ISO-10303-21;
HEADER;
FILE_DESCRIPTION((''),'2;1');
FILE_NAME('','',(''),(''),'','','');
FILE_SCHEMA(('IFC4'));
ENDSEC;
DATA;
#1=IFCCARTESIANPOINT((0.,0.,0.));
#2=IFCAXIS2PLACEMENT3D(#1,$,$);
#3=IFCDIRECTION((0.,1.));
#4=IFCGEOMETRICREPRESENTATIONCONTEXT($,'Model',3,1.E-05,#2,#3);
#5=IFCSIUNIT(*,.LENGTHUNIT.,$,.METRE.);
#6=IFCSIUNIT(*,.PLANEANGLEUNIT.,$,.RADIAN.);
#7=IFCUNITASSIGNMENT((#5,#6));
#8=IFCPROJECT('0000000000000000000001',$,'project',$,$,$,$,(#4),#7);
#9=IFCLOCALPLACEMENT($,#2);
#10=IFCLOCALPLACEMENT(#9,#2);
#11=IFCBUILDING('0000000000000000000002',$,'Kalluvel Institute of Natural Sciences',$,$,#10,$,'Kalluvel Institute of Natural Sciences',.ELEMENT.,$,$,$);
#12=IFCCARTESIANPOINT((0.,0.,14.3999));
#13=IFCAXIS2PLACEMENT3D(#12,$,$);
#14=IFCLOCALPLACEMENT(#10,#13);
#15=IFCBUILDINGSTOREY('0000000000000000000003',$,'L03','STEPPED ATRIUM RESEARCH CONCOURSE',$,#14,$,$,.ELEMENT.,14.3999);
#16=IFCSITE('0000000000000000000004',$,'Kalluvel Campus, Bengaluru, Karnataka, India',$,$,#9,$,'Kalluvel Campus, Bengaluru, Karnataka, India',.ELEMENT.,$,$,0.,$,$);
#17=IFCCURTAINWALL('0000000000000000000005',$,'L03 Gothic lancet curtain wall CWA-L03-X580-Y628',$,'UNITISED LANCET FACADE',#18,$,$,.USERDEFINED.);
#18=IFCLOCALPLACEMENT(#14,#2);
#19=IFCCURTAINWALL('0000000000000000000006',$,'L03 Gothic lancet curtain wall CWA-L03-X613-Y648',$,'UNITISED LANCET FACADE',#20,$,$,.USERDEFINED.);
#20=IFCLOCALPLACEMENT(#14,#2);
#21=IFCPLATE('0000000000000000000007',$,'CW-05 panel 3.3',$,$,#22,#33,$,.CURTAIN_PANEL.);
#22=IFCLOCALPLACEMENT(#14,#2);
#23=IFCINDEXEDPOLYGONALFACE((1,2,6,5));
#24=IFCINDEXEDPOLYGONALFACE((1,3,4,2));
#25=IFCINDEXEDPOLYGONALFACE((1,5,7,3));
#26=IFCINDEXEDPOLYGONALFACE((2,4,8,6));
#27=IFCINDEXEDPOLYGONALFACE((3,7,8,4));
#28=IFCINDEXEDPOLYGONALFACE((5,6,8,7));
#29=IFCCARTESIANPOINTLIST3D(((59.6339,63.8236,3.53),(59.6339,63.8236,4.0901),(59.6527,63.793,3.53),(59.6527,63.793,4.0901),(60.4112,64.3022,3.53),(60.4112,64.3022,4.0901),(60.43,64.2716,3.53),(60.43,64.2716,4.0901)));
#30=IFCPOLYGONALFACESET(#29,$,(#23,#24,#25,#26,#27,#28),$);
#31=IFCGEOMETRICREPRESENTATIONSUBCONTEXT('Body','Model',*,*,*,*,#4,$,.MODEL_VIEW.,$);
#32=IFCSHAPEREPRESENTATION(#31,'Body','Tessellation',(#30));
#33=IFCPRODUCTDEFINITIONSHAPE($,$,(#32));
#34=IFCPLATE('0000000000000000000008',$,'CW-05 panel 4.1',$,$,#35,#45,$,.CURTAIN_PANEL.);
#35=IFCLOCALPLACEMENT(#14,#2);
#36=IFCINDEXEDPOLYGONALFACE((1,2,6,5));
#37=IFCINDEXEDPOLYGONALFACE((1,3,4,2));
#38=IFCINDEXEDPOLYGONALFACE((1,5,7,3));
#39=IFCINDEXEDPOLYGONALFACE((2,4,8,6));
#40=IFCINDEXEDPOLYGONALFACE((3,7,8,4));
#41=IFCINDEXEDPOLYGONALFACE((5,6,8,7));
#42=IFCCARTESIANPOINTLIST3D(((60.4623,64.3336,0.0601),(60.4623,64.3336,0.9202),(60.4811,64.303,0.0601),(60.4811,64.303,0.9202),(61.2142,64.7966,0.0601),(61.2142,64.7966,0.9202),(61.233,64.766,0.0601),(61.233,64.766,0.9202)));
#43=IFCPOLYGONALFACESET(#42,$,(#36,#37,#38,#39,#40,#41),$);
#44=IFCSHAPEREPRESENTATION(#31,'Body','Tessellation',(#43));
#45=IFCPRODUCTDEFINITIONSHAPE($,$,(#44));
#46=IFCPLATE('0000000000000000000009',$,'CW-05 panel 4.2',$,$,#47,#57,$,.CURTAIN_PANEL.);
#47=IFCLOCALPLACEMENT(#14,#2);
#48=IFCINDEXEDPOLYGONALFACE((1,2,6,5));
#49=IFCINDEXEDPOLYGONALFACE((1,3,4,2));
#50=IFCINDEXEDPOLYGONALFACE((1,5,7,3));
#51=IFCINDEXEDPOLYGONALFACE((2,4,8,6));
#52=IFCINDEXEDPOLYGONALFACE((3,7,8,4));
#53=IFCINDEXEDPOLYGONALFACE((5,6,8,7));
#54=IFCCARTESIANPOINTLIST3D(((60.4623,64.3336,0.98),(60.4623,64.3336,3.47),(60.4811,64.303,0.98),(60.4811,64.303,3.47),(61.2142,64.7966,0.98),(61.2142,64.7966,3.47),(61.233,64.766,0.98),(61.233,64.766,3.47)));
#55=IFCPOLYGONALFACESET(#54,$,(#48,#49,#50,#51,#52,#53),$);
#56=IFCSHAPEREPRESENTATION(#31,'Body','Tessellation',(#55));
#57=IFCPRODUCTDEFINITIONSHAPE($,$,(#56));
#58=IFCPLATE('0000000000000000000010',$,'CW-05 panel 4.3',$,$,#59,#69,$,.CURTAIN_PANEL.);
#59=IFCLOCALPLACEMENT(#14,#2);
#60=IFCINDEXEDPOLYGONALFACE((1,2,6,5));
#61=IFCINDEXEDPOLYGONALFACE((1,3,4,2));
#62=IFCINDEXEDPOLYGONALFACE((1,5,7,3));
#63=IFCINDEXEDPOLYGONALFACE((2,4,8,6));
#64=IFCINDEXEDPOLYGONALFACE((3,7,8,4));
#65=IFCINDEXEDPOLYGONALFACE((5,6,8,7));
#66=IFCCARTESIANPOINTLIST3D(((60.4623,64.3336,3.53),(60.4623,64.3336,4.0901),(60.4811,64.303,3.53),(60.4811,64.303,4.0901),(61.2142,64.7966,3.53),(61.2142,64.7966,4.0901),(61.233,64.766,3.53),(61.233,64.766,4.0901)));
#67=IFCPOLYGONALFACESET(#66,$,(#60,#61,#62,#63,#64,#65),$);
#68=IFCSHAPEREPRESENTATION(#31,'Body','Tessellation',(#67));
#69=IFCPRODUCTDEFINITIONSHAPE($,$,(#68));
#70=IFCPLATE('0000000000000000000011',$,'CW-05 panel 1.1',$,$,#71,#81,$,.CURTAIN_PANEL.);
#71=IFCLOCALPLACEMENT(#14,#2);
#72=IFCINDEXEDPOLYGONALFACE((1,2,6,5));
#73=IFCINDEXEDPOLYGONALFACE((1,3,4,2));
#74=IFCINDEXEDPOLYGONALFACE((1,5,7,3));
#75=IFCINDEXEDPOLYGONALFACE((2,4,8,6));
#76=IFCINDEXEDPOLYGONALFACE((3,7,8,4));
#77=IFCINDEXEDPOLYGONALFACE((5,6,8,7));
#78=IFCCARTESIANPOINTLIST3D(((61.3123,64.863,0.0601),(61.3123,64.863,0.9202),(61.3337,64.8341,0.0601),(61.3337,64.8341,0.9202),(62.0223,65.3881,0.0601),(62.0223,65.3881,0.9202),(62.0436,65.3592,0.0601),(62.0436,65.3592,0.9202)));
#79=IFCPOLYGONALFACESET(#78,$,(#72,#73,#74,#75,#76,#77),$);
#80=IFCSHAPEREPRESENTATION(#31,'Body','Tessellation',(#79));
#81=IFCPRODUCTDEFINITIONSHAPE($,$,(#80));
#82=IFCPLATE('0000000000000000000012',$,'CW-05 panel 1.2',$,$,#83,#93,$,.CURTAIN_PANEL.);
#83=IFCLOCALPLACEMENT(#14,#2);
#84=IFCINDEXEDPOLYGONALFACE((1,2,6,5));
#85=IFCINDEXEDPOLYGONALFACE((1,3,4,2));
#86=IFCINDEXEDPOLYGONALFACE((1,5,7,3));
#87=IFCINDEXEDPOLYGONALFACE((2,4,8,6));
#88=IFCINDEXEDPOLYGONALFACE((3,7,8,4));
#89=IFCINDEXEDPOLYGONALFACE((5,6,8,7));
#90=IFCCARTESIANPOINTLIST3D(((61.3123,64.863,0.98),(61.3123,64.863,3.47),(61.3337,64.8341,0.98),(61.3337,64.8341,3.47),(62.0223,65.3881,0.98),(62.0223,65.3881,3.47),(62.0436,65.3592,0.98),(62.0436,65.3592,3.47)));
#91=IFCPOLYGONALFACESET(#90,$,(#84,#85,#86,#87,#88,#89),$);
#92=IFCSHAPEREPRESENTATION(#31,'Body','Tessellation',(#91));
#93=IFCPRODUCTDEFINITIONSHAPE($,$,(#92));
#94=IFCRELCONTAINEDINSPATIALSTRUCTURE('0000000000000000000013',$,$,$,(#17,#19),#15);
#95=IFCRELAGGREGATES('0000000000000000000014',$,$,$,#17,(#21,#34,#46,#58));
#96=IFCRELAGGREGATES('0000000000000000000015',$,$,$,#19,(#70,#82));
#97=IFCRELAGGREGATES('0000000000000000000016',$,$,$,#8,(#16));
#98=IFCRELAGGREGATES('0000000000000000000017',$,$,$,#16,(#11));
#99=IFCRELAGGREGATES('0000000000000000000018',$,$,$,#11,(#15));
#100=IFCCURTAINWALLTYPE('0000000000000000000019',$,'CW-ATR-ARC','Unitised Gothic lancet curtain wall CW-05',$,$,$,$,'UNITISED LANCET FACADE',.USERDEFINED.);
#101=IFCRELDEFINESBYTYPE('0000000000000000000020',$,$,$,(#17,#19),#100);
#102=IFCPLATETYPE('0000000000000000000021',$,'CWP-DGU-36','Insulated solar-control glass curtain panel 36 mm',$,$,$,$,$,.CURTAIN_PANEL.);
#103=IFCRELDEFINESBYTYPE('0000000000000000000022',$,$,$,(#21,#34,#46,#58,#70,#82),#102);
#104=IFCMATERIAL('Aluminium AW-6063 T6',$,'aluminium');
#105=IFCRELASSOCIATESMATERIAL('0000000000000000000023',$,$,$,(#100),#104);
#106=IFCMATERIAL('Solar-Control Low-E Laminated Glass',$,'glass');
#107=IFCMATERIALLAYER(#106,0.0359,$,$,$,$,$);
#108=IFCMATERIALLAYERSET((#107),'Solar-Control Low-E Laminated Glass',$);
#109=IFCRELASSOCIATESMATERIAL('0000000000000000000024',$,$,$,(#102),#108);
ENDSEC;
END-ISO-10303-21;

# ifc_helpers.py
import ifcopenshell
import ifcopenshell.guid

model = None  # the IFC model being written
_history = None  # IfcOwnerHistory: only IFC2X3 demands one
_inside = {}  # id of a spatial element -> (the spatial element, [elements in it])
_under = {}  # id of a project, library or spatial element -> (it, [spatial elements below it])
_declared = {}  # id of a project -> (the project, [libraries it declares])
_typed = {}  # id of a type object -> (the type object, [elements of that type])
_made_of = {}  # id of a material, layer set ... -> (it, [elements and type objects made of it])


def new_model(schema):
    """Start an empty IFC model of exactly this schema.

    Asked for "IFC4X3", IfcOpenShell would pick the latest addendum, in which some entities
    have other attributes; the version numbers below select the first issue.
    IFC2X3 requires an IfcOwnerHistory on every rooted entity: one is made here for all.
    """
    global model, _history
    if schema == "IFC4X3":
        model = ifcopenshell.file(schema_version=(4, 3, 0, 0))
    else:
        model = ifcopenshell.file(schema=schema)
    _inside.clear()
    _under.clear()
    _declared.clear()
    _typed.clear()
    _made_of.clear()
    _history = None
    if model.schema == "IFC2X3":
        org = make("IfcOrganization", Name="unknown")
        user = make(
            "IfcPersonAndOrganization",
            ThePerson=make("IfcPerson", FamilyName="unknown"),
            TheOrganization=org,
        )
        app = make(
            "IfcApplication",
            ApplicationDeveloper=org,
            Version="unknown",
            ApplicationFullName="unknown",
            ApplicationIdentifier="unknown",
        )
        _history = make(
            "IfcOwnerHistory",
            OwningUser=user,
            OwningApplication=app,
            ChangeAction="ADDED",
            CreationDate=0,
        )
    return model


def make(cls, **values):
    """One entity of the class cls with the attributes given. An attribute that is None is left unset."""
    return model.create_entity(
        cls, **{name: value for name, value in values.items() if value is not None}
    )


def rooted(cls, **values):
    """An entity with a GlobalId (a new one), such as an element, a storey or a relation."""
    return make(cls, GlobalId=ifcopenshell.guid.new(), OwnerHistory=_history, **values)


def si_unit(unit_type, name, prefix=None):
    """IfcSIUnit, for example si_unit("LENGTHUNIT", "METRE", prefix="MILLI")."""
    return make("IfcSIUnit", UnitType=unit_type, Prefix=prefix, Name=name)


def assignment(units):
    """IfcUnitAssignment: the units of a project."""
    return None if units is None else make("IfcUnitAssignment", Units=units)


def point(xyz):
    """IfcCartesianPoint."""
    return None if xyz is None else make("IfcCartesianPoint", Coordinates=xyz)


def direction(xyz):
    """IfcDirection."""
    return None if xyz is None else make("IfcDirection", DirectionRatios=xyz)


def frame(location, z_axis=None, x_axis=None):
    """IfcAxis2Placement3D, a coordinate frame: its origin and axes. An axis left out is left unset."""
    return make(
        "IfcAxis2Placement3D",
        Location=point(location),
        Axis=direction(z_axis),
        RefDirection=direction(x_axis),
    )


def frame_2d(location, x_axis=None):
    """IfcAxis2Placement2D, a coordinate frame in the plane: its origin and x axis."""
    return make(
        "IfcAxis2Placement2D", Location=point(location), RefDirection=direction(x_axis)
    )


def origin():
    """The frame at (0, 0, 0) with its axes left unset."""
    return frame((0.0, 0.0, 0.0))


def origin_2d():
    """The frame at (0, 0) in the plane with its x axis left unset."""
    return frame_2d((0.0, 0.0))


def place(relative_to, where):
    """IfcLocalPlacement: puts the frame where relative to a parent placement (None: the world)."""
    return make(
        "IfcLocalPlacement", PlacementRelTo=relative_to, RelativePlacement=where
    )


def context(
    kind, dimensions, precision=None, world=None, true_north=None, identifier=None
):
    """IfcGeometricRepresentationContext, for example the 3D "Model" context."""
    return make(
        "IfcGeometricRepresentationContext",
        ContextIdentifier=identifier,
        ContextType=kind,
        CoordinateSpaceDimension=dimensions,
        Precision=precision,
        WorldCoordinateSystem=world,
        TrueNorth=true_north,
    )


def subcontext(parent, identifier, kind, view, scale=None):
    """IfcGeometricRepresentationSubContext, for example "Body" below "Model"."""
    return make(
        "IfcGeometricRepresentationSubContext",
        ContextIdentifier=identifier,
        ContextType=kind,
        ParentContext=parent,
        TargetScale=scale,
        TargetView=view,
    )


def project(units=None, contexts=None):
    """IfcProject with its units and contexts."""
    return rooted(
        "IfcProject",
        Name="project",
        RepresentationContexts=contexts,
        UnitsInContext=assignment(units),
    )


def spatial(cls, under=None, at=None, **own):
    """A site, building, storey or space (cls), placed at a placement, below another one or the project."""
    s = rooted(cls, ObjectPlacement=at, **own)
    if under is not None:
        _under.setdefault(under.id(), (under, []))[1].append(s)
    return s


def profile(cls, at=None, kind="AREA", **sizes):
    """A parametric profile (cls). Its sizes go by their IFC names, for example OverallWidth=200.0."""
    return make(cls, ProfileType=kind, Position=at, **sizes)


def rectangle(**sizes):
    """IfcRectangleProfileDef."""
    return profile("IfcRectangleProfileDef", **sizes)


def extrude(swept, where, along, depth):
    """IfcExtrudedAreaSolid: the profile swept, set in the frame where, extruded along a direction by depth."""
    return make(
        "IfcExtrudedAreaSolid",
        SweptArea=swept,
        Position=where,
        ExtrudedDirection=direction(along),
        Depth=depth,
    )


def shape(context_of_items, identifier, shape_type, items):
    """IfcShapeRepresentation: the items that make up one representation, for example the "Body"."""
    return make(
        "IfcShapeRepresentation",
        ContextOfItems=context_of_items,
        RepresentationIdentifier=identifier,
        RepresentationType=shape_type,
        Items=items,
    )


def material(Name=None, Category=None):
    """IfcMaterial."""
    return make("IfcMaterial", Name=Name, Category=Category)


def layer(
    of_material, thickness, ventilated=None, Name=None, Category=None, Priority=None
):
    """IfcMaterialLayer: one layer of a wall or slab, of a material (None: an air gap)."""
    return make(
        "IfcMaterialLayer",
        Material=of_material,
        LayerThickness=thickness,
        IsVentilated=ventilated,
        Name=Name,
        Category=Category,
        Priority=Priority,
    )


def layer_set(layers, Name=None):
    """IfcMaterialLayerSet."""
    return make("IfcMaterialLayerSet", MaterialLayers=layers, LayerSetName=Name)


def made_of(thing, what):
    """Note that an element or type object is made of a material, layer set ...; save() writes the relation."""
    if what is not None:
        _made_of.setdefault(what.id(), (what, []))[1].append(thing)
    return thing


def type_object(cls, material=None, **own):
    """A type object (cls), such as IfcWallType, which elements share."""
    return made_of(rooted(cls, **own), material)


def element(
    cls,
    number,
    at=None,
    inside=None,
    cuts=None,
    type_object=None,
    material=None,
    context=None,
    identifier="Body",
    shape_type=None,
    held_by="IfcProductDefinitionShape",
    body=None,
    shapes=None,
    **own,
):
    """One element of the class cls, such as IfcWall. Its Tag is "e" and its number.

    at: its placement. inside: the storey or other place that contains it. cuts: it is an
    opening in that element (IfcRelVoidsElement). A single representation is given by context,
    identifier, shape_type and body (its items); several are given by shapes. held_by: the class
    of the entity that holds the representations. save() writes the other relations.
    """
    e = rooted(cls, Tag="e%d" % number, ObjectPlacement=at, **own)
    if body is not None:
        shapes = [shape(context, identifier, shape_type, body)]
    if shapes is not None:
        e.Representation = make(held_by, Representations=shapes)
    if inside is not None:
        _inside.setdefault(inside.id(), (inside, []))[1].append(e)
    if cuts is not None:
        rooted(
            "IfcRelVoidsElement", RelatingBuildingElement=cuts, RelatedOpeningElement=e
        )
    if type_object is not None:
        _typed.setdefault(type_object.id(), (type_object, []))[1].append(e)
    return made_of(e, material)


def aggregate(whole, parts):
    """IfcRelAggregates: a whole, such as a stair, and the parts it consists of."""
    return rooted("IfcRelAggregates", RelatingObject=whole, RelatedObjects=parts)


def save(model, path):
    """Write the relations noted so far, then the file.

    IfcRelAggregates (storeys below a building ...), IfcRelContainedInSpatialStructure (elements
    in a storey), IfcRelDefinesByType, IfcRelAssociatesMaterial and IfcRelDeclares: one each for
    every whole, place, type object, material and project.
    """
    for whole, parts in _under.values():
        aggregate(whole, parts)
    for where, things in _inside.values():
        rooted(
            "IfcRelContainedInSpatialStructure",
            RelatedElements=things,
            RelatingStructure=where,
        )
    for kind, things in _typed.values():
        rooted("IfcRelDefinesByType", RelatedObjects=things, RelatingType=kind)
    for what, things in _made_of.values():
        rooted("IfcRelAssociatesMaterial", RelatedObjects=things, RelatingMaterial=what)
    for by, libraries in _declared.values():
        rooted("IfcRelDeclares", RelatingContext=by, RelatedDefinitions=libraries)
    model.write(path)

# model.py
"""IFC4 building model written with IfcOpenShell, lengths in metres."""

from ifc_helpers import new_model, si_unit, direction, frame, origin, origin_2d, place, context, subcontext, project, spatial, rectangle, extrude, material, layer, layer_set, type_object, element, aggregate, save


model = new_model("IFC4")

# Units and contexts
model_context = context("Model", 3, precision=1e-05, world=origin(), true_north=direction((0.0, 1.0)))
body_context = subcontext(model_context, "Body", "Model", "MODEL_VIEW")
ifc_project = project(units=[si_unit("LENGTHUNIT", "METRE"), si_unit("PLANEANGLEUNIT", "RADIAN")], contexts=[model_context])

# Site, building, storey
site_placement = place(None, origin())
site = spatial("IfcSite", under=ifc_project, at=site_placement, Name="Kalluvel Campus, Bengaluru, Karnataka, India", LongName="Kalluvel Campus, Bengaluru, Karnataka, India", CompositionType="ELEMENT", RefElevation=0.0)
building_placement = place(site_placement, origin())
building = spatial("IfcBuilding", under=site, at=building_placement, Name="Kalluvel Institute of Natural Sciences", LongName="Kalluvel Institute of Natural Sciences", CompositionType="ELEMENT")
storey_placement = place(building_placement, frame((0.0, 0.0, 14.3999)))
storey = spatial("IfcBuildingStorey", under=building, at=storey_placement, Name="L03", Description="STEPPED ATRIUM RESEARCH CONCOURSE", CompositionType="ELEMENT", Elevation=14.3999)

# Curtain wall
ifc_material_1 = material(Name="Aluminium AW-6063 T6", Category="aluminium")
curtain_wall_type = type_object("IfcCurtainWallType", Name="CW-ATR-ARC", Description="Unitised Gothic lancet curtain wall CW-05", ElementType="UNITISED LANCET FACADE", PredefinedType="USERDEFINED", material=ifc_material_1)
curtain_wall_1_placement = place(storey_placement, origin())
curtain_wall_1 = element("IfcCurtainWall", 1, at=curtain_wall_1_placement, inside=storey, type_object=curtain_wall_type, Name="L03 Gothic lancet curtain wall CWA-L03-X580-Y628", ObjectType="UNITISED LANCET FACADE", PredefinedType="USERDEFINED")

# Curtain wall
curtain_wall_2_placement = place(storey_placement, origin())
curtain_wall_2 = element("IfcCurtainWall", 2, at=curtain_wall_2_placement, inside=storey, type_object=curtain_wall_type, Name="L03 Gothic lancet curtain wall CWA-L03-X613-Y648", ObjectType="UNITISED LANCET FACADE", PredefinedType="USERDEFINED")

# Plates
ifc_material_2 = material(Name="Solar-Control Low-E Laminated Glass", Category="glass")
ifc_layer = layer(ifc_material_2, 0.0359)
ifc_layer_set = layer_set([ifc_layer], Name="Solar-Control Low-E Laminated Glass")
plate_type = type_object("IfcPlateType", Name="CWP-DGU-36", Description="Insulated solar-control glass curtain panel 36 mm", PredefinedType="CURTAIN_PANEL", material=ifc_layer_set)
plate_1_placement = place(storey_placement, frame((60.032, 64.0476, 3.53), z_axis=(0.0, 0.0, 1.0), x_axis=(0.85153, 0.524305, 0.0)))
plate_1 = element("IfcPlate", 3, at=plate_1_placement, type_object=plate_type, Name="CW-05 panel 3.3", PredefinedType="CURTAIN_PANEL", context=body_context, shape_type="SweptSolid", body=[
    extrude(rectangle(XDim=0.9128, YDim=0.0359, at=origin_2d()), origin(), (0.0, 0.0, 1.0), 0.5601),
])
plate_2_placement = place(storey_placement, frame((60.8477, 64.5498, 0.0601), z_axis=(0.0, 0.0, 1.0), x_axis=(0.85153, 0.524305, 0.0)))
plate_2 = element("IfcPlate", 4, at=plate_2_placement, type_object=plate_type, Name="CW-05 panel 4.1", PredefinedType="CURTAIN_PANEL", context=body_context, shape_type="SweptSolid", body=[
    extrude(rectangle(XDim=0.8831, YDim=0.0359, at=origin_2d()), origin(), (0.0, 0.0, 1.0), 0.8601),
])
plate_3_placement = place(storey_placement, frame((60.8477, 64.5498, 0.98), z_axis=(0.0, 0.0, 1.0), x_axis=(0.85153, 0.524305, 0.0)))
plate_3 = element("IfcPlate", 5, at=plate_3_placement, type_object=plate_type, Name="CW-05 panel 4.2", PredefinedType="CURTAIN_PANEL", context=body_context, shape_type="SweptSolid", body=[
    extrude(rectangle(XDim=0.8831, YDim=0.0359, at=origin_2d()), origin(), (0.0, 0.0, 1.0), 2.49),
])
plate_4_placement = place(storey_placement, frame((60.8477, 64.5498, 3.53), z_axis=(0.0, 0.0, 1.0), x_axis=(0.85153, 0.524305, 0.0)))
plate_4 = element("IfcPlate", 6, at=plate_4_placement, type_object=plate_type, Name="CW-05 panel 4.3", PredefinedType="CURTAIN_PANEL", context=body_context, shape_type="SweptSolid", body=[
    extrude(rectangle(XDim=0.8831, YDim=0.0359, at=origin_2d()), origin(), (0.0, 0.0, 1.0), 0.5601),
])
aggregate(curtain_wall_1, [plate_1, plate_2, plate_3, plate_4])
plate_5_placement = place(storey_placement, frame((61.678, 65.1111, 0.0601), z_axis=(0.0, 0.0, 1.0), x_axis=(0.803993, 0.594638, 0.0)))
plate_5 = element("IfcPlate", 7, at=plate_5_placement, type_object=plate_type, Name="CW-05 panel 1.1", PredefinedType="CURTAIN_PANEL", context=body_context, shape_type="SweptSolid", body=[
    extrude(rectangle(XDim=0.8831, YDim=0.0359, at=origin_2d()), origin(), (0.0, 0.0, 1.0), 0.8601),
])
plate_6_placement = place(storey_placement, frame((61.678, 65.1111, 0.98), z_axis=(0.0, 0.0, 1.0), x_axis=(0.803993, 0.594638, 0.0)))
plate_6 = element("IfcPlate", 8, at=plate_6_placement, type_object=plate_type, Name="CW-05 panel 1.2", PredefinedType="CURTAIN_PANEL", context=body_context, shape_type="SweptSolid", body=[
    extrude(rectangle(XDim=0.8831, YDim=0.0359, at=origin_2d()), origin(), (0.0, 0.0, 1.0), 2.49),
])
aggregate(curtain_wall_2, [plate_5, plate_6])

save(model, "model.ifc")
